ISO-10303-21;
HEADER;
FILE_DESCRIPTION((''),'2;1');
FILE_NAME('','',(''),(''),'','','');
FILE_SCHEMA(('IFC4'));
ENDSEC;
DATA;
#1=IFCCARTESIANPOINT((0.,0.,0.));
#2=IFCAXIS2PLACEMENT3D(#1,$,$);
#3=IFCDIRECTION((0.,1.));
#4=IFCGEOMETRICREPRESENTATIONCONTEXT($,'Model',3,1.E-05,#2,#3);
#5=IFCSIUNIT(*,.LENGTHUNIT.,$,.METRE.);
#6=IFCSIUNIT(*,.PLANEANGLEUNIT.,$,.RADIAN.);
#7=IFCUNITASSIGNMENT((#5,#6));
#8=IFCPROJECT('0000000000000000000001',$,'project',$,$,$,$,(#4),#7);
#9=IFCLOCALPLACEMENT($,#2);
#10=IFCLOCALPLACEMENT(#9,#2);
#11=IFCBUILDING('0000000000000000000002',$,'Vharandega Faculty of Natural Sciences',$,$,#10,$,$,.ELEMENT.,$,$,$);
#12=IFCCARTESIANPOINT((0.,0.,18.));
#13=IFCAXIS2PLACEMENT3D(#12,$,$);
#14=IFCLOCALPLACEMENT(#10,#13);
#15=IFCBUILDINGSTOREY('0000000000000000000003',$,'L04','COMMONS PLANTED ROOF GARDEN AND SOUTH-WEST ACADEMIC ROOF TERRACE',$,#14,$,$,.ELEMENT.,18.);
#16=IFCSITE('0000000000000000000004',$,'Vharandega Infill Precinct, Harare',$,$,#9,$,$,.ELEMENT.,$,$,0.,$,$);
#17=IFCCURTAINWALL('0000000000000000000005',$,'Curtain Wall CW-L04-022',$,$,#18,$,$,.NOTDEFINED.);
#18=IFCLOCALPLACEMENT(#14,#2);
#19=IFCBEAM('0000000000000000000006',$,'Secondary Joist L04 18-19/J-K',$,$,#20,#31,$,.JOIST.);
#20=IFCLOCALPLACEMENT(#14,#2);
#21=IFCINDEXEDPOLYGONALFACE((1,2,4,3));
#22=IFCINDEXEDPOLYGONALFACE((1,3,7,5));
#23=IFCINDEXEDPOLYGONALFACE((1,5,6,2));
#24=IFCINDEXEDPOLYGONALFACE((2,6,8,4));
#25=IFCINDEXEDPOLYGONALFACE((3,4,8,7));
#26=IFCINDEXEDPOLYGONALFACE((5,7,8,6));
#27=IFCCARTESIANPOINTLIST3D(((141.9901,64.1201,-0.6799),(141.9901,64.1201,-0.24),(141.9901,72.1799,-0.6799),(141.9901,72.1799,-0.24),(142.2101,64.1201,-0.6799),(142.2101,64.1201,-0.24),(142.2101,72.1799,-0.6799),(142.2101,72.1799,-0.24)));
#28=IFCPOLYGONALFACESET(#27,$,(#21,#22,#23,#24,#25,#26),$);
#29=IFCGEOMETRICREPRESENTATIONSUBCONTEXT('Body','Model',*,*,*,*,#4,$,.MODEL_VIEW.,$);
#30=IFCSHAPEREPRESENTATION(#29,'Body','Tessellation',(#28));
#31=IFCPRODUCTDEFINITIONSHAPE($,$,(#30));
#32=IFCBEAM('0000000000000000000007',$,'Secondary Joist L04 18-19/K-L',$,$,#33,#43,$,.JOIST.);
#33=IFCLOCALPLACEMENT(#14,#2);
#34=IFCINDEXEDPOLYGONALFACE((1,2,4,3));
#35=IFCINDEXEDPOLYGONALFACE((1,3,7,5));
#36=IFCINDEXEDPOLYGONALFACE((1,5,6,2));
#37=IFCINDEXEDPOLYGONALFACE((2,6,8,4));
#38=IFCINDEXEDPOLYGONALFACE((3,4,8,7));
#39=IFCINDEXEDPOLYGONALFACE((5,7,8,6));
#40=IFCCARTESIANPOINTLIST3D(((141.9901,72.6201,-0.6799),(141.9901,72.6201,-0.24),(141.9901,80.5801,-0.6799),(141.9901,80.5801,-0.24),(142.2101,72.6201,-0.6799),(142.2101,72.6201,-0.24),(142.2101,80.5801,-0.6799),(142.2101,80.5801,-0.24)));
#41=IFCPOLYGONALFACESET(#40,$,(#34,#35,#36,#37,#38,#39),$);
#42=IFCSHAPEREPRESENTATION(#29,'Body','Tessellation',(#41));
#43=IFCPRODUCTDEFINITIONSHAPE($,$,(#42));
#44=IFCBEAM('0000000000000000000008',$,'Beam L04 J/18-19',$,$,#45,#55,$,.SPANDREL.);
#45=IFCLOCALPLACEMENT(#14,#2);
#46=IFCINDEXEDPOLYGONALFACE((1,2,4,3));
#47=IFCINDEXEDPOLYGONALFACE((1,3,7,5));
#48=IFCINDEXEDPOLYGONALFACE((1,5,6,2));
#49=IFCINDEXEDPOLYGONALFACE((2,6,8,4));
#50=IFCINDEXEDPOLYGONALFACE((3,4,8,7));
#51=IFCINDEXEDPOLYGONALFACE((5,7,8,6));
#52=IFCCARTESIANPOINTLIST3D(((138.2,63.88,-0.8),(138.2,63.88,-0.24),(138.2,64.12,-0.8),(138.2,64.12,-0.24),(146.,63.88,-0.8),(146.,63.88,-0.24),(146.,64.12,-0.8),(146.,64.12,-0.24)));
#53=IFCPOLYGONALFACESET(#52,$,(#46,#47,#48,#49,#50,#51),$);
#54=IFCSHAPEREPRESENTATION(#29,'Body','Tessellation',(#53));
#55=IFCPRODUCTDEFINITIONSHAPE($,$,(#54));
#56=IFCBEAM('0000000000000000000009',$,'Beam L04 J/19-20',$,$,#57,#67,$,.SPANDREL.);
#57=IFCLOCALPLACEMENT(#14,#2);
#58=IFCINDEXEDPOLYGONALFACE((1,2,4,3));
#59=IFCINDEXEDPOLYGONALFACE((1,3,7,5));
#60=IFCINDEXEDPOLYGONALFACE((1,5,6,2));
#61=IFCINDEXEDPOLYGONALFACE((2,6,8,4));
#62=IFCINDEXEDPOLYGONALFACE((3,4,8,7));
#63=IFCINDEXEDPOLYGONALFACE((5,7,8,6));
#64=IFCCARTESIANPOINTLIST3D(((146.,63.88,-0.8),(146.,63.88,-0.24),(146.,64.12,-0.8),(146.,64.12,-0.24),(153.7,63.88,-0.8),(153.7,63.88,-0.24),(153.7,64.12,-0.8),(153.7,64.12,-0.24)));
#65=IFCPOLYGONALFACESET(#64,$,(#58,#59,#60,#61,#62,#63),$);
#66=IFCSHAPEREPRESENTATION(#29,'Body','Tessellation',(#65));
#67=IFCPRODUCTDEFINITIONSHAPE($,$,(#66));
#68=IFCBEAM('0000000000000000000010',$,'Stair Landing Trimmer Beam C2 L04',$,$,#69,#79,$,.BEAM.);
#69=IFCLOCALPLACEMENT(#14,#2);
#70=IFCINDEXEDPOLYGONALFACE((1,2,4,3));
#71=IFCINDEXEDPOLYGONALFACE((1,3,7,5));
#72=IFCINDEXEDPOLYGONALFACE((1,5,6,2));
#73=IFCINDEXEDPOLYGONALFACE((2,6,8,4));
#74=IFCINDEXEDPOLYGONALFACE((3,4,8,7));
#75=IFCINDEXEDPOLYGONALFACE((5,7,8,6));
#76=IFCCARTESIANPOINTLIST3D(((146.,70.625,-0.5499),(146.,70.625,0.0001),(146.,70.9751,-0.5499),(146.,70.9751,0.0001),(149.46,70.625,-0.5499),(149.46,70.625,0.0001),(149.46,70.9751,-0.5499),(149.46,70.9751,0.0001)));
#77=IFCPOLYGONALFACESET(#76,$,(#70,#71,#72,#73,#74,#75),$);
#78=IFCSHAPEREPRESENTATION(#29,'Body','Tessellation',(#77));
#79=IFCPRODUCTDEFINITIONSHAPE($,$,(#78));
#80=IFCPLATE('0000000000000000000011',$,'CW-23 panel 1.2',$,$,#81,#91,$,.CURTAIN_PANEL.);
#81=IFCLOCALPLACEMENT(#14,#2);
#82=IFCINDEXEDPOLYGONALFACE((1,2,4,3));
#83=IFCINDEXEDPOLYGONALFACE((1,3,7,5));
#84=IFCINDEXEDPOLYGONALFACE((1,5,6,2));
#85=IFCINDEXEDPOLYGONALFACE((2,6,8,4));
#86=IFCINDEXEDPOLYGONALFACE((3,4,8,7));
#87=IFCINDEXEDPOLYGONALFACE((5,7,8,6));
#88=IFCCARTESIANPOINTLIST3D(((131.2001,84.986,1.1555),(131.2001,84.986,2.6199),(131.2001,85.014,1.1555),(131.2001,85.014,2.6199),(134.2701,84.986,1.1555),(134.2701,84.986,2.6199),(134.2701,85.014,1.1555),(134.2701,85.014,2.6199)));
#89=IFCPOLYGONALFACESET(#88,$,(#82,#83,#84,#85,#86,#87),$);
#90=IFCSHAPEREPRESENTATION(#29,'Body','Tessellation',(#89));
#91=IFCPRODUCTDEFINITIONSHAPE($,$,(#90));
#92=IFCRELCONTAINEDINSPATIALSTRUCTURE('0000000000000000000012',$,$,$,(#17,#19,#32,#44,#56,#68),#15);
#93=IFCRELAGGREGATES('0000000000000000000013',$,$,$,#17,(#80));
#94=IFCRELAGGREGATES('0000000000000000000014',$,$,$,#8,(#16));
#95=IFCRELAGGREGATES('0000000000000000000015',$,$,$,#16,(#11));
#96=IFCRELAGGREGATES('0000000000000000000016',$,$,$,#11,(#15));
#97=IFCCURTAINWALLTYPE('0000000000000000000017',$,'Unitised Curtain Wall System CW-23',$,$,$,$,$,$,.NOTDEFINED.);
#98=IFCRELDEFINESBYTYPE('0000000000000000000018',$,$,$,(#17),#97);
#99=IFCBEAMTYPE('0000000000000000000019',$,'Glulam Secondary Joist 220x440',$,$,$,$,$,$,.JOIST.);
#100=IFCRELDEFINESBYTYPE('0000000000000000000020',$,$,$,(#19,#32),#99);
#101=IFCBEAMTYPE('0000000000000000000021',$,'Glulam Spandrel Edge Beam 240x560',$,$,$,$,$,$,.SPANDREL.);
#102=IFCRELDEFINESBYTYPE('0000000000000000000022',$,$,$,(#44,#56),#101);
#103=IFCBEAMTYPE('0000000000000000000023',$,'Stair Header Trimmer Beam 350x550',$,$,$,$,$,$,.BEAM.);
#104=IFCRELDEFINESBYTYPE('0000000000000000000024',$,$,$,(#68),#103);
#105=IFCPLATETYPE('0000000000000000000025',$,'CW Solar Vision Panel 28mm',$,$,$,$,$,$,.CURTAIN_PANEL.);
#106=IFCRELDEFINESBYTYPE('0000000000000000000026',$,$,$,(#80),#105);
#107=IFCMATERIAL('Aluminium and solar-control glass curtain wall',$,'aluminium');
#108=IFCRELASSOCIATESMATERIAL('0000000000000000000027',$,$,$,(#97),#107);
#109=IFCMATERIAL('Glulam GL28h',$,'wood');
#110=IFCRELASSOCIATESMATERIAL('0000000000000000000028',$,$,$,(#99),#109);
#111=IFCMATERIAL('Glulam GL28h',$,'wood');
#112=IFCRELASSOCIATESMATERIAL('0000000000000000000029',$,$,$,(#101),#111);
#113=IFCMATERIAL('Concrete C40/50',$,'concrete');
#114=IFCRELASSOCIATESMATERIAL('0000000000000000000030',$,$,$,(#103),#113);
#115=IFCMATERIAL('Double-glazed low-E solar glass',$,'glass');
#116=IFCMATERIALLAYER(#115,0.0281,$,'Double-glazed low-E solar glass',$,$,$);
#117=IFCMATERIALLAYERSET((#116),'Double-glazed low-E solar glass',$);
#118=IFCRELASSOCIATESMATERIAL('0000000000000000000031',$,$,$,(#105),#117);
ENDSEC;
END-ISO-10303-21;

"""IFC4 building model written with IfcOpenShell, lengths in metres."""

from ifc_helpers import new_model, si_unit, direction, frame, origin, origin_2d, place, context, subcontext, project, spatial, rectangle, extrude, material, layer, layer_set, material_profile, profile_set, type_object, element, aggregate, save


model = new_model("IFC4")

# Units and contexts
model_context = context("Model", 3, precision=1e-05, world=origin(), true_north=direction((0.0, 1.0)))
body_context = subcontext(model_context, "Body", "Model", "MODEL_VIEW")
ifc_project = project(units=[si_unit("LENGTHUNIT", "METRE"), si_unit("PLANEANGLEUNIT", "RADIAN")], contexts=[model_context])

# Site, building, storey
site_placement = place(None, origin())
site = spatial("IfcSite", under=ifc_project, at=site_placement, Name="Vharandega Infill Precinct, Harare", CompositionType="ELEMENT", RefElevation=0.0)
building_placement = place(site_placement, origin())
building = spatial("IfcBuilding", under=site, at=building_placement, Name="Vharandega Faculty of Natural Sciences", CompositionType="ELEMENT")
storey_placement = place(building_placement, frame((0.0, 0.0, 18.0)))
storey = spatial("IfcBuildingStorey", under=building, at=storey_placement, Name="L04", Description="COMMONS PLANTED ROOF GARDEN AND SOUTH-WEST ACADEMIC ROOF TERRACE", CompositionType="ELEMENT", Elevation=18.0)

# Curtain wall
ifc_material_1 = material(Name="Aluminium and solar-control glass curtain wall", Category="aluminium")
curtain_wall_type = type_object("IfcCurtainWallType", Name="Unitised Curtain Wall System CW-23", PredefinedType="NOTDEFINED", material=ifc_material_1)
curtain_wall_placement = place(storey_placement, origin())
curtain_wall = element("IfcCurtainWall", 1, at=curtain_wall_placement, inside=storey, type_object=curtain_wall_type, Name="Curtain Wall CW-L04-022", PredefinedType="NOTDEFINED")

# Beams
ifc_material_2 = material(Name="Glulam GL28h", Category="wood")
ifc_material_profile_1 = material_profile(ifc_material_2, rectangle(XDim=0.22, YDim=0.4399, at=origin_2d()), Name="GL28h 220x440")
ifc_profile_set_1 = profile_set([ifc_material_profile_1], Name="Glulam GL28h")
beam_type_1 = type_object("IfcBeamType", Name="Glulam Secondary Joist 220x440", PredefinedType="JOIST", material=ifc_profile_set_1)
beam_1_placement = place(storey_placement, frame((142.1001, 64.1201, -0.46), z_axis=(0.0, 1.0, 0.0), x_axis=(-1.0, 0.0, 0.0)))
element("IfcBeam", 2, at=beam_1_placement, inside=storey, type_object=beam_type_1, Name="Secondary Joist L04 18-19/J-K", PredefinedType="JOIST", context=body_context, shape_type="SweptSolid", body=[
    extrude(rectangle(XDim=0.22, YDim=0.4399, at=origin_2d()), origin(), (0.0, 0.0, 1.0), 8.0598),
])
beam_2_placement = place(storey_placement, frame((142.1001, 72.6201, -0.46), z_axis=(0.0, 1.0, 0.0), x_axis=(-1.0, 0.0, 0.0)))
element("IfcBeam", 3, at=beam_2_placement, inside=storey, type_object=beam_type_1, Name="Secondary Joist L04 18-19/K-L", PredefinedType="JOIST", context=body_context, shape_type="SweptSolid", body=[
    extrude(rectangle(XDim=0.22, YDim=0.4399, at=origin_2d()), origin(), (0.0, 0.0, 1.0), 7.96),
])
ifc_material_3 = material(Name="Glulam GL28h", Category="wood")
ifc_material_profile_2 = material_profile(ifc_material_3, rectangle(XDim=0.24, YDim=0.5601, at=origin_2d()), Name="GL28h 240x560")
ifc_profile_set_2 = profile_set([ifc_material_profile_2], Name="Glulam GL28h")
beam_type_2 = type_object("IfcBeamType", Name="Glulam Spandrel Edge Beam 240x560", PredefinedType="SPANDREL", material=ifc_profile_set_2)
beam_3_placement = place(storey_placement, frame((138.2, 64.0, -0.52), z_axis=(1.0, 0.0, 0.0), x_axis=(0.0, 1.0, 0.0)))
element("IfcBeam", 4, at=beam_3_placement, inside=storey, type_object=beam_type_2, Name="Beam L04 J/18-19", PredefinedType="SPANDREL", context=body_context, shape_type="SweptSolid", body=[
    extrude(rectangle(XDim=0.24, YDim=0.5601, at=origin_2d()), origin(), (0.0, 0.0, 1.0), 7.8),
])
beam_4_placement = place(storey_placement, frame((146.0, 64.0, -0.52), z_axis=(1.0, 0.0, 0.0), x_axis=(0.0, 1.0, 0.0)))
element("IfcBeam", 5, at=beam_4_placement, inside=storey, type_object=beam_type_2, Name="Beam L04 J/19-20", PredefinedType="SPANDREL", context=body_context, shape_type="SweptSolid", body=[
    extrude(rectangle(XDim=0.24, YDim=0.5601, at=origin_2d()), origin(), (0.0, 0.0, 1.0), 7.7),
])
ifc_material_4 = material(Name="Concrete C40/50", Category="concrete")
ifc_material_profile_3 = material_profile(ifc_material_4, rectangle(XDim=0.3501, YDim=0.55, at=origin_2d()), Name="RC 350x550")
ifc_profile_set_3 = profile_set([ifc_material_profile_3], Name="Concrete C40/50")
beam_type_3 = type_object("IfcBeamType", Name="Stair Header Trimmer Beam 350x550", PredefinedType="BEAM", material=ifc_profile_set_3)
beam_5_placement = place(storey_placement, frame((146.0, 70.8, -0.2749), z_axis=(1.0, 0.0, 0.0), x_axis=(0.0, 1.0, 0.0)))
element("IfcBeam", 6, at=beam_5_placement, inside=storey, type_object=beam_type_3, Name="Stair Landing Trimmer Beam C2 L04", PredefinedType="BEAM", context=body_context, shape_type="SweptSolid", body=[
    extrude(rectangle(XDim=0.3501, YDim=0.55, at=origin_2d()), origin(), (0.0, 0.0, 1.0), 3.46),
])

# Plate
ifc_material_5 = material(Name="Double-glazed low-E solar glass", Category="glass")
ifc_layer = layer(ifc_material_5, 0.0281, Name="Double-glazed low-E solar glass")
ifc_layer_set = layer_set([ifc_layer], Name="Double-glazed low-E solar glass")
plate_type = type_object("IfcPlateType", Name="CW Solar Vision Panel 28mm", PredefinedType="CURTAIN_PANEL", material=ifc_layer_set)
plate_placement = place(storey_placement, frame((132.7351, 85.0, 1.1555), z_axis=(0.0, 0.0, 1.0), x_axis=(1.0, 0.0, 0.0)))
plate = element("IfcPlate", 7, at=plate_placement, type_object=plate_type, Name="CW-23 panel 1.2", PredefinedType="CURTAIN_PANEL", context=body_context, shape_type="SweptSolid", body=[
    extrude(rectangle(XDim=3.0701, YDim=0.0281, at=origin_2d()), origin(), (0.0, 0.0, 1.0), 1.4644),
])
aggregate(curtain_wall, [plate])

save(model, "model.ifc")
